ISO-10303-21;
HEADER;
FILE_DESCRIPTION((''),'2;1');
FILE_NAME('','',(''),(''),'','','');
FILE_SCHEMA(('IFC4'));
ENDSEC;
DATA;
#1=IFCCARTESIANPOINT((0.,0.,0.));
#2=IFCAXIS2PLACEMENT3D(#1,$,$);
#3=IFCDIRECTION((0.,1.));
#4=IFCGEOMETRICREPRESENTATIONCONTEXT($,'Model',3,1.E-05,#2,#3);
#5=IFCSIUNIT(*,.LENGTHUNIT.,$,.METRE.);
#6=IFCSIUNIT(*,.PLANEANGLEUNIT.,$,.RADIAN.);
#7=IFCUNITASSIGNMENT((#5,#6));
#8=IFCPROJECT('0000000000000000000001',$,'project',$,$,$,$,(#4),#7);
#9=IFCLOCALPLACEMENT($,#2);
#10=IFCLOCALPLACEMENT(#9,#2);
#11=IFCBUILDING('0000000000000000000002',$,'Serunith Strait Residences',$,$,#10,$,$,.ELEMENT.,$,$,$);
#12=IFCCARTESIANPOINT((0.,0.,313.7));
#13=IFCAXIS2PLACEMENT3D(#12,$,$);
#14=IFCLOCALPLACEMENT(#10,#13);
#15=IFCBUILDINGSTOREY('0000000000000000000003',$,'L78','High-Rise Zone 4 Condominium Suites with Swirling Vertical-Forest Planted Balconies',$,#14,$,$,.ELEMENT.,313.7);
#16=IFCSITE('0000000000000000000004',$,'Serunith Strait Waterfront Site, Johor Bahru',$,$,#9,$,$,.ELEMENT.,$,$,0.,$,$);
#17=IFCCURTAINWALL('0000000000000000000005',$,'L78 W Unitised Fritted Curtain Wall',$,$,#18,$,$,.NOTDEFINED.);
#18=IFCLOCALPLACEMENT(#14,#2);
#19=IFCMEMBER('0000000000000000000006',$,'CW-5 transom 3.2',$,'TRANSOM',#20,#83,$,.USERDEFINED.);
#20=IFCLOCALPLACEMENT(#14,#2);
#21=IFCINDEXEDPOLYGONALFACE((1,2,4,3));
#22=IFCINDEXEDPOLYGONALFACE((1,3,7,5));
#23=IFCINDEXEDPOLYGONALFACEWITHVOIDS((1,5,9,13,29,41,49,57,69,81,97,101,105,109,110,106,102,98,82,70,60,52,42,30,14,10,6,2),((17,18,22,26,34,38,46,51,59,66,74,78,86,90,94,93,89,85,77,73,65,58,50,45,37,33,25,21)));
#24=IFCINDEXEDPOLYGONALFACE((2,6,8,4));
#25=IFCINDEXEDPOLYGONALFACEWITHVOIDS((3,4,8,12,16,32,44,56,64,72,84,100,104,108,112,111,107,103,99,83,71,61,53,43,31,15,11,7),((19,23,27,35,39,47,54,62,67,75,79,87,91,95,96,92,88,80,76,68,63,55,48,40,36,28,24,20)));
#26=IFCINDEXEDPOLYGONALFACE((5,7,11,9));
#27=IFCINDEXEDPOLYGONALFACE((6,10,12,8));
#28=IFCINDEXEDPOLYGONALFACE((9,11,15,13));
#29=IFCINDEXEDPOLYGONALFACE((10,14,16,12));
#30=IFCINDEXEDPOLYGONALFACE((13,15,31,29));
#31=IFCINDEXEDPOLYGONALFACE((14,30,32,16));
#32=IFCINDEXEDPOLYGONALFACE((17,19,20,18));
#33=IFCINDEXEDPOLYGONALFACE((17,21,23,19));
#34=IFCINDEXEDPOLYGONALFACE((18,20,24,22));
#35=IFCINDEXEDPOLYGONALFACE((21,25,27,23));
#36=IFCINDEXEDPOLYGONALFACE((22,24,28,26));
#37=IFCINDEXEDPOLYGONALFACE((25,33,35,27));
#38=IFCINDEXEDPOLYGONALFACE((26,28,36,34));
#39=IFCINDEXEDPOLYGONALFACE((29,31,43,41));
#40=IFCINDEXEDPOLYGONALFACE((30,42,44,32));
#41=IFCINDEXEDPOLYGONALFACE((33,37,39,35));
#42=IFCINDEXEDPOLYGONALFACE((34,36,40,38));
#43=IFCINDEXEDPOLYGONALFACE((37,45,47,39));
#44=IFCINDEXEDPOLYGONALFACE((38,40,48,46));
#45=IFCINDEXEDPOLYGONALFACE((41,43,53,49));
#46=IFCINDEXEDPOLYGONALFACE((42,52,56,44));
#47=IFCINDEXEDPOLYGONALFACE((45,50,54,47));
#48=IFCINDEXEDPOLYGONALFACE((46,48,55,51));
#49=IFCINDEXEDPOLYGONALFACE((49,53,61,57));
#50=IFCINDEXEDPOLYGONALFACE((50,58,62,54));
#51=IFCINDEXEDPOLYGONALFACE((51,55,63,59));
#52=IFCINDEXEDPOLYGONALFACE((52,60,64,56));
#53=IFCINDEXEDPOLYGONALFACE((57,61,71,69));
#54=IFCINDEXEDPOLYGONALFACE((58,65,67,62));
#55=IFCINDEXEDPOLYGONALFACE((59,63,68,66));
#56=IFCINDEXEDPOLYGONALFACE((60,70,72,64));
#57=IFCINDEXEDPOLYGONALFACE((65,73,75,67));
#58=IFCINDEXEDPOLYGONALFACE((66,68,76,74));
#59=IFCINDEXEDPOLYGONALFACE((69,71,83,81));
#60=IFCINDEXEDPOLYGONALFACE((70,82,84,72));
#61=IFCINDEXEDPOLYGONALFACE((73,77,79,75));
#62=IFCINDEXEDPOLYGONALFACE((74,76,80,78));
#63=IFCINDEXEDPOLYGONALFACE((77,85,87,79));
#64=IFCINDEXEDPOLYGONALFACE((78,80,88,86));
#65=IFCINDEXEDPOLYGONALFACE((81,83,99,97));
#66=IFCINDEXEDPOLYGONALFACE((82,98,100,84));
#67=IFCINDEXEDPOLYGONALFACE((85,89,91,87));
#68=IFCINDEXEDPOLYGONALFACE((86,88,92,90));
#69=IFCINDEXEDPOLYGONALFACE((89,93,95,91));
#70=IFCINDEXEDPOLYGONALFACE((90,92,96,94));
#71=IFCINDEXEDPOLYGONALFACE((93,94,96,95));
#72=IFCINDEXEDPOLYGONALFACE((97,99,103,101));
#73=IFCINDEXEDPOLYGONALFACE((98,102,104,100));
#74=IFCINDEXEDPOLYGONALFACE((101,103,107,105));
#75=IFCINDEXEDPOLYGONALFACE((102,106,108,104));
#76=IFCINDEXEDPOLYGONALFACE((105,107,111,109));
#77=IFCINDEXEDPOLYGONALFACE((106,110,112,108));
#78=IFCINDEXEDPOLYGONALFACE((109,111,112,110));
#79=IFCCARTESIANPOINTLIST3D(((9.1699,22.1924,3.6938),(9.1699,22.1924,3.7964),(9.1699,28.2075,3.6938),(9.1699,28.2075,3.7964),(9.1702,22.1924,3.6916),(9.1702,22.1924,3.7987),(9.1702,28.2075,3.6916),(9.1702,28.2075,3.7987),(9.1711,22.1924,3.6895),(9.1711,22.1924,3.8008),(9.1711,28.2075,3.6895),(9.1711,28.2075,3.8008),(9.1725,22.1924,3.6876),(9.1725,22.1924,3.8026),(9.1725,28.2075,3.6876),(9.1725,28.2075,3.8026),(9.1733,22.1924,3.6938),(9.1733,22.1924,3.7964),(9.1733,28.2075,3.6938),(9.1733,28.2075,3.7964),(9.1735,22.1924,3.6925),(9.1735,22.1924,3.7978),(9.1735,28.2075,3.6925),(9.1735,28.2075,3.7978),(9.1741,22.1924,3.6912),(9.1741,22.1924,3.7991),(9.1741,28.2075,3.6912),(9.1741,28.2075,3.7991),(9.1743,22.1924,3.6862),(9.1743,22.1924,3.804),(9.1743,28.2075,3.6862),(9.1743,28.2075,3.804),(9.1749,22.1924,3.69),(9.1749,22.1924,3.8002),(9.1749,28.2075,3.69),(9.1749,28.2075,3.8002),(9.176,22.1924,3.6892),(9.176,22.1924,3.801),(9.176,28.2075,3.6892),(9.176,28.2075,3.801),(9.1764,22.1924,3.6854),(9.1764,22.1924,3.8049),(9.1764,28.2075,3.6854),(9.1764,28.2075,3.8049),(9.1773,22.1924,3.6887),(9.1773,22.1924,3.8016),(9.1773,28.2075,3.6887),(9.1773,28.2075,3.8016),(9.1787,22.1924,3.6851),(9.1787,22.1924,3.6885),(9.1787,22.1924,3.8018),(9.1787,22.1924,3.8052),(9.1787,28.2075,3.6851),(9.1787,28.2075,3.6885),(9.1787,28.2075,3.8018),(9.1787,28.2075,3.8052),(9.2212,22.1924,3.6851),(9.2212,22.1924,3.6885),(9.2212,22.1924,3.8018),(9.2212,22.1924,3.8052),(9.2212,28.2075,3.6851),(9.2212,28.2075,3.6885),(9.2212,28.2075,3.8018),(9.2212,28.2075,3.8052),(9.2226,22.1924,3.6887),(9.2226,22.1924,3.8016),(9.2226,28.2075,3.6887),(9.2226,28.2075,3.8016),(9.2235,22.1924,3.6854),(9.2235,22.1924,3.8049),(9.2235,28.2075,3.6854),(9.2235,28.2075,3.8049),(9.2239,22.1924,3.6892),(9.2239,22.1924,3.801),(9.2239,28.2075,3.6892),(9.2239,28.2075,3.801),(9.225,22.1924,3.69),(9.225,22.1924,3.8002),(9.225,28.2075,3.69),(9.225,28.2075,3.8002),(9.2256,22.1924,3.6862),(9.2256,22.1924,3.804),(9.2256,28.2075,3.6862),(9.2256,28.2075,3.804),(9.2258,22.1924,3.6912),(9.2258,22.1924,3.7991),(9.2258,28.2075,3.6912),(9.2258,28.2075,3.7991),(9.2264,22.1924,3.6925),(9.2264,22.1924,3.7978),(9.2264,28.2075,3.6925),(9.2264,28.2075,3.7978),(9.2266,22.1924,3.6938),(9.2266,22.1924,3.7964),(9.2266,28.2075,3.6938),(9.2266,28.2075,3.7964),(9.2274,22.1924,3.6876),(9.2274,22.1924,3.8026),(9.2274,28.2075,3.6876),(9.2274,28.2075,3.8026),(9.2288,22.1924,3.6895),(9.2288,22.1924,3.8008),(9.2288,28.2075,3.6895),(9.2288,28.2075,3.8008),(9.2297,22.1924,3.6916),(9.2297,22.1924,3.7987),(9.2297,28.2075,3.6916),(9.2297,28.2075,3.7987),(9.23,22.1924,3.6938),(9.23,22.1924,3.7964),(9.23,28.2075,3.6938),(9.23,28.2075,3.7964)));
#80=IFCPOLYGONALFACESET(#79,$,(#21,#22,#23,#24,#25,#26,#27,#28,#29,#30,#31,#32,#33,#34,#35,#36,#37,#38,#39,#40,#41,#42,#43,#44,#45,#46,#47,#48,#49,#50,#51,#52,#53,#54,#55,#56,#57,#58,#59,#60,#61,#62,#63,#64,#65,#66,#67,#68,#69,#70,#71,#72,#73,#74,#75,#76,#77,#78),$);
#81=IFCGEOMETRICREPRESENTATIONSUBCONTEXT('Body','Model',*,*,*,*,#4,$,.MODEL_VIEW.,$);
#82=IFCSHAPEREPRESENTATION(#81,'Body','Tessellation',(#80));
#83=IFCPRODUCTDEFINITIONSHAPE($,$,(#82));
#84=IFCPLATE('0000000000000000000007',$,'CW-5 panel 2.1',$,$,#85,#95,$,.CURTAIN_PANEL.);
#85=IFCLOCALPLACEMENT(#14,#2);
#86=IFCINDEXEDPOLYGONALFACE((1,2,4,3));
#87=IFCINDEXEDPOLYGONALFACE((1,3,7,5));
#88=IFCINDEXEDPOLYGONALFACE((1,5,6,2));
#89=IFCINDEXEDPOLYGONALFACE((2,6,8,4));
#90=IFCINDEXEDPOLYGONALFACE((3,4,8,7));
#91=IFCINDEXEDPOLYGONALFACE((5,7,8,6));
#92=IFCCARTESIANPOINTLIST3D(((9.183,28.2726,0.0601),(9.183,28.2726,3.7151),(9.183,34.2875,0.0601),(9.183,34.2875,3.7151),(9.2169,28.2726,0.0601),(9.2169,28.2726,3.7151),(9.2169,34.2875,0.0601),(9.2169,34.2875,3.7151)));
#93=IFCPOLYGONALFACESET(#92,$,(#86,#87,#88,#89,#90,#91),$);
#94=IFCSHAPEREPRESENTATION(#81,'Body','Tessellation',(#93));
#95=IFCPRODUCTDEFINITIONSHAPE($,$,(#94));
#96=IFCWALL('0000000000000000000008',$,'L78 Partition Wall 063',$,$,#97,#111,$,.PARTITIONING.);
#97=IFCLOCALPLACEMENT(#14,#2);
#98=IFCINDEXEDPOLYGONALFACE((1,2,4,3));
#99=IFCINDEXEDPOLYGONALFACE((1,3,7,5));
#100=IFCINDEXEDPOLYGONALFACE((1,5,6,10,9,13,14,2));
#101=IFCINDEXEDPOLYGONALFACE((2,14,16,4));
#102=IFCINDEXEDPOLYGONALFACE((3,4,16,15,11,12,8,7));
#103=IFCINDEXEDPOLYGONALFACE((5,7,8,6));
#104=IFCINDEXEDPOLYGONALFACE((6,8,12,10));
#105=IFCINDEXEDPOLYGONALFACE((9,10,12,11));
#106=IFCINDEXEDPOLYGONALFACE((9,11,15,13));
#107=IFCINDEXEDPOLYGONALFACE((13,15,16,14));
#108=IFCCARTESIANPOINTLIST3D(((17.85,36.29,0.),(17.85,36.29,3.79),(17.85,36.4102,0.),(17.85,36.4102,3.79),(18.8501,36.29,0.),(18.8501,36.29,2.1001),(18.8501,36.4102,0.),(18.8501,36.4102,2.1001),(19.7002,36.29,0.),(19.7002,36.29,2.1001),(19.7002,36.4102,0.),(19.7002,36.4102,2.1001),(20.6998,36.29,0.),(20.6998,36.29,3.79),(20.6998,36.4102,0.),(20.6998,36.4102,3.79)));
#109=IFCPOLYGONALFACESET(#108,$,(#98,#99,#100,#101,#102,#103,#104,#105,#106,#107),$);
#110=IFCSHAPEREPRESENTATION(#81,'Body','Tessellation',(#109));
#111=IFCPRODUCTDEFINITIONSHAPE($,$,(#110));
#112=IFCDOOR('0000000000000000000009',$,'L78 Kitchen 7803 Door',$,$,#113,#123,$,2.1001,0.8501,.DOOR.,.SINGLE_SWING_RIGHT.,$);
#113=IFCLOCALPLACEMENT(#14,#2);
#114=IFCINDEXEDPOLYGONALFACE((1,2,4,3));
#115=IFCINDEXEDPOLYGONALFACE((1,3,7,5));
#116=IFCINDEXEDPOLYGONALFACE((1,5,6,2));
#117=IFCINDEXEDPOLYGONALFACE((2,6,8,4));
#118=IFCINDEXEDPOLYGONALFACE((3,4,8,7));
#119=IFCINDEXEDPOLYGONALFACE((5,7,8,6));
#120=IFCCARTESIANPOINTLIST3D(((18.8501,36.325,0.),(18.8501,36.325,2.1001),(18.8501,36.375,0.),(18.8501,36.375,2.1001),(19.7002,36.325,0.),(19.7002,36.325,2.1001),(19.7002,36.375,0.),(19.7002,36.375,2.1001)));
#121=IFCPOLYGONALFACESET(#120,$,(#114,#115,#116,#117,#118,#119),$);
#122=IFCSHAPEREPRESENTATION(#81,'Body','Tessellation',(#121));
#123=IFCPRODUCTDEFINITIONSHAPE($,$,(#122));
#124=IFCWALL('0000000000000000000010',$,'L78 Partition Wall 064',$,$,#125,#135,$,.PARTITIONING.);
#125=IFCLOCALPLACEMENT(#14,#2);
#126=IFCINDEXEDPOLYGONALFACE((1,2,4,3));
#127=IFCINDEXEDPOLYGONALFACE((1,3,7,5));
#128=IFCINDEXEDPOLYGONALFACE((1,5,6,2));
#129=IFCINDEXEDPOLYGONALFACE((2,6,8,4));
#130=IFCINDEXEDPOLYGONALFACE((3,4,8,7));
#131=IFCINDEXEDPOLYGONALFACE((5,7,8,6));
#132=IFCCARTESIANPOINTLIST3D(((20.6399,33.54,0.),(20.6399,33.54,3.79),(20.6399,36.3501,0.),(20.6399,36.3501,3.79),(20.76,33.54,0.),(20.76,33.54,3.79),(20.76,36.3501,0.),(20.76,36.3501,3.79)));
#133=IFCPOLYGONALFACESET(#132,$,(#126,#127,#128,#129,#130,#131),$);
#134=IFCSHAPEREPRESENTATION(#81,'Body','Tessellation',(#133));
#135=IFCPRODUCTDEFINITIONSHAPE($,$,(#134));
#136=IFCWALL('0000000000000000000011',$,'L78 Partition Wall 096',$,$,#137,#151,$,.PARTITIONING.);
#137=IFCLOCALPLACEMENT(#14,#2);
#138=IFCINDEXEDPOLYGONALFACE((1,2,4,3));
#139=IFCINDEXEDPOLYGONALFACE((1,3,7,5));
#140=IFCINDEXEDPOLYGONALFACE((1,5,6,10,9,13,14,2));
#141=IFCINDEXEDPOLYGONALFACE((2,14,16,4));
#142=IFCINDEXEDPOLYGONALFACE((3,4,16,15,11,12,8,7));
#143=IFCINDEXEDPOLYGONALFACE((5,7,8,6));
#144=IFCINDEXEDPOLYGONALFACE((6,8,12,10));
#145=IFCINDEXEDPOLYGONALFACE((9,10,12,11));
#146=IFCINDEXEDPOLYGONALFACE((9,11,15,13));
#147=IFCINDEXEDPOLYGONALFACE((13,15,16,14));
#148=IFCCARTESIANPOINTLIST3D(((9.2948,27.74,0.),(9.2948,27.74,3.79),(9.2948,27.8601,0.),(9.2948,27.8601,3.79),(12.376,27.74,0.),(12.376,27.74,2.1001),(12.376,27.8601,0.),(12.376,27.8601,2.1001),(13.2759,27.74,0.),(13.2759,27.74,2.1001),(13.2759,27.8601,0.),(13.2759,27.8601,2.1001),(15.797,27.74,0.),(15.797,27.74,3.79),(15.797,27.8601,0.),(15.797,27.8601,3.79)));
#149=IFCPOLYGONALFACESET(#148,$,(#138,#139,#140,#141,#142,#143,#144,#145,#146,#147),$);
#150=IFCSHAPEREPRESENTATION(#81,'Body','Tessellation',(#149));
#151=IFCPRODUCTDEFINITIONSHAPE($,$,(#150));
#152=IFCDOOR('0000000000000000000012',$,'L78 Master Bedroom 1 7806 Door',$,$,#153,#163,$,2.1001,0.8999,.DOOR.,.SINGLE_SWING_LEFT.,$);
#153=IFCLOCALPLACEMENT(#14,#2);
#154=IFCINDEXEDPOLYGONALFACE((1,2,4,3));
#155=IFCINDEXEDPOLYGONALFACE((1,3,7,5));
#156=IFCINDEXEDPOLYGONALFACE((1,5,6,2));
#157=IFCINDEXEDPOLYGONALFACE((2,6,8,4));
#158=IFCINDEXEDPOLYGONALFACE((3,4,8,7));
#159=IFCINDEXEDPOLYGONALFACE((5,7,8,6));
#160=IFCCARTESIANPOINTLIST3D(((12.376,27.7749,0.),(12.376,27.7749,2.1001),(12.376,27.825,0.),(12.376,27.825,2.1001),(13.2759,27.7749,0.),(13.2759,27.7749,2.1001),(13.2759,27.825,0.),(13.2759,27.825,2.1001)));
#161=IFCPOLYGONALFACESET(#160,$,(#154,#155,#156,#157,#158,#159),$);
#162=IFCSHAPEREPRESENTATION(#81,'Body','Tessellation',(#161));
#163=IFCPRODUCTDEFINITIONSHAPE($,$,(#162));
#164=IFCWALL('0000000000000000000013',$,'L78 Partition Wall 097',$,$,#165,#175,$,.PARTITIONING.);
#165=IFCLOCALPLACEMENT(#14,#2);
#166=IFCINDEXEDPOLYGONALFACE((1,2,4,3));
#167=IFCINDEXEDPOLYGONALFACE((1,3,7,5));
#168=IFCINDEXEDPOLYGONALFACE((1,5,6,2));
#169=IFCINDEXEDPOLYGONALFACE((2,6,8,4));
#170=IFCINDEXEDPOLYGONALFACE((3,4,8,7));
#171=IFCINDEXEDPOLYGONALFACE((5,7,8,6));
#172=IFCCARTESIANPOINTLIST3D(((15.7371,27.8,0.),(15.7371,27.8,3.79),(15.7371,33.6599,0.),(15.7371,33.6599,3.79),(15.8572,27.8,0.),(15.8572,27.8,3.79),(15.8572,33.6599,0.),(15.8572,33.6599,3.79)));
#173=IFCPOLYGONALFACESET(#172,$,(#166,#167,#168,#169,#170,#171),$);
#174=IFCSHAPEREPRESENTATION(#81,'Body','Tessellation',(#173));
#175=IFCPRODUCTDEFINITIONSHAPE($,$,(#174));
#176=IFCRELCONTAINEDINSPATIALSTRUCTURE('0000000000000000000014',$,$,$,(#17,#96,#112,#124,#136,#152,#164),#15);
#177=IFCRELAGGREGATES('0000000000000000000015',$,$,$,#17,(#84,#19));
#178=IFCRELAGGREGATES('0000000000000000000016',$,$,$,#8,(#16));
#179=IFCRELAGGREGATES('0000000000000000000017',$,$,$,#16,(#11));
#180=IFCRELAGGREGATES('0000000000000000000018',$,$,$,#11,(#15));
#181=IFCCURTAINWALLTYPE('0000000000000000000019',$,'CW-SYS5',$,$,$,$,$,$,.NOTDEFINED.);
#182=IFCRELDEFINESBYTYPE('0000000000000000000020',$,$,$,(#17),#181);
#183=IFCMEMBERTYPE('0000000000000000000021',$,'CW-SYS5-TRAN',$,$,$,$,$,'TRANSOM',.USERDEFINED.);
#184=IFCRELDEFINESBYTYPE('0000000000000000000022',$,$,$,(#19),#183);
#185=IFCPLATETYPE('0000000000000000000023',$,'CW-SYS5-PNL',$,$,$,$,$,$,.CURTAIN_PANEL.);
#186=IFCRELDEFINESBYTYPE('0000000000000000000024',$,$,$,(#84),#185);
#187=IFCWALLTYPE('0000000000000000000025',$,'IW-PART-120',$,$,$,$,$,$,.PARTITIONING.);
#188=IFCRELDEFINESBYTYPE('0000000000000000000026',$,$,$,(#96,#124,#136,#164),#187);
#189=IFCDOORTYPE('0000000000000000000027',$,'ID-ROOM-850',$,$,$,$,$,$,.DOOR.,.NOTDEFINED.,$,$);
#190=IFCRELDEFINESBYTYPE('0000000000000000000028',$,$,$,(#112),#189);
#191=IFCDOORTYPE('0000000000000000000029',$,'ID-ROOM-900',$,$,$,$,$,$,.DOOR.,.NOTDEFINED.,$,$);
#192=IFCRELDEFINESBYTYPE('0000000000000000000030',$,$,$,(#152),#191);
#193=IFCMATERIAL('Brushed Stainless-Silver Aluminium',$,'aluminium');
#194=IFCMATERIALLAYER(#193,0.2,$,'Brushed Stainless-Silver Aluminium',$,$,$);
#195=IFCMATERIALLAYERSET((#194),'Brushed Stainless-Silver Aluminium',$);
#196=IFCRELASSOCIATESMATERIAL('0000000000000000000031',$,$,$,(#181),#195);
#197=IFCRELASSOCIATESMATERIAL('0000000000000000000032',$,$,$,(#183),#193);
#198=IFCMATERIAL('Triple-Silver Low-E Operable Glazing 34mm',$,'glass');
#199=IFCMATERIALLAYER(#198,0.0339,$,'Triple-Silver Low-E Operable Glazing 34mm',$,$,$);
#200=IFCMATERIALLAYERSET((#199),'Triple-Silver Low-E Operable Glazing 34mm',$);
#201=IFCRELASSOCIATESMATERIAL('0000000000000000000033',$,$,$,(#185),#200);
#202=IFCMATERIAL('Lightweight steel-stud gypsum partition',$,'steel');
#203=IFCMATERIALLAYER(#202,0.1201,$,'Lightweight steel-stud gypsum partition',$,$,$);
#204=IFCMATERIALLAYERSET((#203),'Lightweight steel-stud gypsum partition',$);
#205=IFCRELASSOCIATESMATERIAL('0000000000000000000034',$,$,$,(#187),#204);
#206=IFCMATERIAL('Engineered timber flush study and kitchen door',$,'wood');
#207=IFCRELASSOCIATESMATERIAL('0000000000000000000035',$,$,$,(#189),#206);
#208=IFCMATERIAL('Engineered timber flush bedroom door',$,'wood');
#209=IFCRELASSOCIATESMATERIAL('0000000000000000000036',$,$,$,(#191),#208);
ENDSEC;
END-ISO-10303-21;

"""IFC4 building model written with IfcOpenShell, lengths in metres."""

from ifc_helpers import new_model, si_unit, direction, frame, frame_2d, origin, origin_2d, place, context, subcontext, project, spatial, rectangle, hollow_rectangle, extrude, source, transform, mapped, material, layer, layer_set, material_profile, profile_set, type_object, element, fill, aggregate, save


model = new_model("IFC4")

# Units and contexts
model_context = context("Model", 3, precision=1e-05, world=origin(), true_north=direction((0.0, 1.0)))
body_context = subcontext(model_context, "Body", "Model", "MODEL_VIEW")
ifc_project = project(units=[si_unit("LENGTHUNIT", "METRE"), si_unit("PLANEANGLEUNIT", "RADIAN")], contexts=[model_context])

# Site, building, storey
site_placement = place(None, origin())
site = spatial("IfcSite", under=ifc_project, at=site_placement, Name="Serunith Strait Waterfront Site, Johor Bahru", CompositionType="ELEMENT", RefElevation=0.0)
building_placement = place(site_placement, origin())
building = spatial("IfcBuilding", under=site, at=building_placement, Name="Serunith Strait Residences", CompositionType="ELEMENT")
storey_placement = place(building_placement, frame((0.0, 0.0, 313.7)))
storey = spatial("IfcBuildingStorey", under=building, at=storey_placement, Name="L78", Description="High-Rise Zone 4 Condominium Suites with Swirling Vertical-Forest Planted Balconies", CompositionType="ELEMENT", Elevation=313.7)

# Curtain wall, member, plate
ifc_material_1 = material(Name="Brushed Stainless-Silver Aluminium", Category="aluminium")
ifc_layer_1 = layer(ifc_material_1, 0.2, Name="Brushed Stainless-Silver Aluminium")
ifc_layer_set_1 = layer_set([ifc_layer_1], Name="Brushed Stainless-Silver Aluminium")
curtain_wall_type = type_object("IfcCurtainWallType", Name="CW-SYS5", PredefinedType="NOTDEFINED", material=ifc_layer_set_1)
curtain_wall_placement = place(storey_placement, origin())
curtain_wall = element("IfcCurtainWall", 1, at=curtain_wall_placement, inside=storey, type_object=curtain_wall_type, Name="L78 W Unitised Fritted Curtain Wall", PredefinedType="NOTDEFINED")
ifc_material_profile_1 = material_profile(ifc_material_1, hollow_rectangle(XDim=0.0601, YDim=0.1201, WallThickness=0.0034, InnerFilletRadius=0.0054, OuterFilletRadius=0.0088, at=origin_2d()), Name="ALU 120x60x3.5")
ifc_profile_set_1 = profile_set([ifc_material_profile_1], Name="Brushed Stainless-Silver Aluminium")
member_type_1 = type_object("IfcMemberType", Name="CW-SYS5-TRAN", ElementType="TRANSOM", PredefinedType="USERDEFINED", material=ifc_profile_set_1)
shared_shape_1 = source(origin(), body_context, "Body", "SweptSolid", [
    extrude(hollow_rectangle(XDim=0.0601, YDim=0.1201, WallThickness=0.0034, InnerFilletRadius=0.0054, OuterFilletRadius=0.0088, at=origin_2d()), origin(), (0.0, 0.0, 1.0), 6.0151),
])
member_1_placement = place(storey_placement, frame((9.2, 28.2075, 3.7451), z_axis=(0.0, -1.0, 0.0), x_axis=(1.0, 0.0, 0.0)))
member_1 = element("IfcMember", 2, at=member_1_placement, type_object=member_type_1, Name="CW-5 transom 3.2", ObjectType="TRANSOM", PredefinedType="USERDEFINED", context=body_context, shape_type="MappedRepresentation", body=[
    mapped(shared_shape_1, transform((0.0, 0.0, 0.0), scale=1.0)),
])
ifc_material_2 = material(Name="Triple-Silver Low-E Operable Glazing 34mm", Category="glass")
ifc_layer_2 = layer(ifc_material_2, 0.0339, Name="Triple-Silver Low-E Operable Glazing 34mm")
ifc_layer_set_2 = layer_set([ifc_layer_2], Name="Triple-Silver Low-E Operable Glazing 34mm")
plate_type = type_object("IfcPlateType", Name="CW-SYS5-PNL", PredefinedType="CURTAIN_PANEL", material=ifc_layer_set_2)
shared_shape_2 = source(origin(), body_context, "Body", "SweptSolid", [
    extrude(rectangle(XDim=6.0149, YDim=0.0339, at=origin_2d()), origin(), (0.0, 0.0, 1.0), 3.655),
])
plate_placement = place(storey_placement, frame((9.2, 31.28, 0.0601), z_axis=(0.0, 0.0, 1.0), x_axis=(0.0, -1.0, 0.0)))
plate = element("IfcPlate", 3, at=plate_placement, type_object=plate_type, Name="CW-5 panel 2.1", PredefinedType="CURTAIN_PANEL", context=body_context, shape_type="MappedRepresentation", body=[
    mapped(shared_shape_2, transform((0.0, 0.0, 0.0), scale=1.0)),
])
aggregate(curtain_wall, [plate, member_1])

# Wall, opening, door
ifc_material_3 = material(Name="Lightweight steel-stud gypsum partition", Category="steel")
ifc_layer_3 = layer(ifc_material_3, 0.1201, Name="Lightweight steel-stud gypsum partition")
ifc_layer_set_3 = layer_set([ifc_layer_3], Name="Lightweight steel-stud gypsum partition")
wall_type_1 = type_object("IfcWallType", Name="IW-PART-120", PredefinedType="PARTITIONING", material=ifc_layer_set_3)
wall_1_placement = place(storey_placement, frame((17.8501, 36.3501, 0.0), z_axis=(0.0, 0.0, 1.0), x_axis=(1.0, 0.0, 0.0)))
wall_1 = element("IfcWall", 4, at=wall_1_placement, inside=storey, type_object=wall_type_1, Name="L78 Partition Wall 063", PredefinedType="PARTITIONING", context=body_context, shape_type="SweptSolid", body=[
    extrude(rectangle(XDim=2.8499, YDim=0.1201, at=frame_2d((1.4248, 0.0))), origin(), (0.0, 0.0, 1.0), 3.79),
])
opening_1_placement = place(wall_1_placement, frame((1.0, 0.0, 0.0)))
opening_1 = element("IfcOpeningElement", 5, at=opening_1_placement, cuts=wall_1, PredefinedType="OPENING", context=body_context, shape_type="SweptSolid", body=[
    extrude(rectangle(XDim=0.8501, YDim=2.1001, at=frame_2d((0.425, 1.05))), frame((0.0, 0.0701, 0.0), z_axis=(0.0, -1.0, 0.0), x_axis=(1.0, 0.0, 0.0)), (0.0, 0.0, 1.0), 0.1401),
])
ifc_material_4 = material(Name="Engineered timber flush study and kitchen door", Category="wood")
door_type_1 = type_object("IfcDoorType", Name="ID-ROOM-850", OperationType="NOTDEFINED", PredefinedType="DOOR", material=ifc_material_4)
shared_shape_3 = source(origin(), body_context, "Body", "SweptSolid", [
    extrude(rectangle(XDim=0.8501, YDim=2.1001, at=frame_2d((0.425, 1.05))), frame((0.0, 0.0249, 0.0), z_axis=(0.0, -1.0, 0.0), x_axis=(1.0, 0.0, 0.0)), (0.0, 0.0, 1.0), 0.05),
])
door_1_placement = place(opening_1_placement, origin())
door_1 = element("IfcDoor", 6, at=door_1_placement, inside=storey, type_object=door_type_1, Name="L78 Kitchen 7803 Door", OperationType="SINGLE_SWING_RIGHT", OverallHeight=2.1001, OverallWidth=0.8501, PredefinedType="DOOR", context=body_context, shape_type="MappedRepresentation", body=[
    mapped(shared_shape_3, transform((0.0, 0.0, 0.0), scale=1.0)),
])
fill(opening_1, door_1)

# Wall
wall_2_placement = place(storey_placement, frame((20.7, 36.3501, 0.0), z_axis=(0.0, 0.0, 1.0), x_axis=(0.0, -1.0, 0.0)))
element("IfcWall", 7, at=wall_2_placement, inside=storey, type_object=wall_type_1, Name="L78 Partition Wall 064", PredefinedType="PARTITIONING", context=body_context, shape_type="SweptSolid", body=[
    extrude(rectangle(XDim=2.8101, YDim=0.1201, at=frame_2d((1.405, 0.0))), origin(), (0.0, 0.0, 1.0), 3.79),
])

# Wall, opening, door
wall_3_placement = place(storey_placement, frame((9.2949, 27.8, 0.0), z_axis=(0.0, 0.0, 1.0), x_axis=(1.0, 0.0, 0.0)))
wall_3 = element("IfcWall", 8, at=wall_3_placement, inside=storey, type_object=wall_type_1, Name="L78 Partition Wall 096", PredefinedType="PARTITIONING", context=body_context, shape_type="SweptSolid", body=[
    extrude(rectangle(XDim=6.5022, YDim=0.1201, at=frame_2d((3.251, 0.0))), origin(), (0.0, 0.0, 1.0), 3.79),
])
opening_2_placement = place(wall_3_placement, frame((3.0811, 0.0, 0.0)))
opening_2 = element("IfcOpeningElement", 9, at=opening_2_placement, cuts=wall_3, PredefinedType="OPENING", context=body_context, shape_type="SweptSolid", body=[
    extrude(rectangle(XDim=0.8999, YDim=2.1001, at=frame_2d((0.45, 1.05))), frame((0.0, 0.0701, 0.0), z_axis=(0.0, -1.0, 0.0), x_axis=(1.0, 0.0, 0.0)), (0.0, 0.0, 1.0), 0.1401),
])
ifc_material_5 = material(Name="Engineered timber flush bedroom door", Category="wood")
door_type_2 = type_object("IfcDoorType", Name="ID-ROOM-900", OperationType="NOTDEFINED", PredefinedType="DOOR", material=ifc_material_5)
shared_shape_4 = source(origin(), body_context, "Body", "SweptSolid", [
    extrude(rectangle(XDim=0.8999, YDim=2.1001, at=frame_2d((0.45, 1.05))), frame((0.0, 0.0249, 0.0), z_axis=(0.0, -1.0, 0.0), x_axis=(1.0, 0.0, 0.0)), (0.0, 0.0, 1.0), 0.05),
])
door_2_placement = place(opening_2_placement, origin())
door_2 = element("IfcDoor", 10, at=door_2_placement, inside=storey, type_object=door_type_2, Name="L78 Master Bedroom 1 7806 Door", OperationType="SINGLE_SWING_LEFT", OverallHeight=2.1001, OverallWidth=0.8999, PredefinedType="DOOR", context=body_context, shape_type="MappedRepresentation", body=[
    mapped(shared_shape_4, transform((0.0, 0.0, 0.0), scale=1.0)),
])
fill(opening_2, door_2)

# Wall
for number, where, z_axis, x_axis, name in (
    (11, (15.7971, 27.8, 0.0), (0.0, 0.0, 1.0), (0.0, 1.0, 0.0), "L78 Partition Wall 097"),
):
    element("IfcWall", number, at=place(storey_placement, frame(where, z_axis=z_axis, x_axis=x_axis)), inside=storey, type_object=wall_type_1, Name=name, PredefinedType="PARTITIONING", context=body_context, shape_type="SweptSolid", body=[
        extrude(rectangle(XDim=5.8599, YDim=0.1201, at=frame_2d((2.9299, 0.0))), origin(), (0.0, 0.0, 1.0), 3.79),
    ])

save(model, "model.ifc")
